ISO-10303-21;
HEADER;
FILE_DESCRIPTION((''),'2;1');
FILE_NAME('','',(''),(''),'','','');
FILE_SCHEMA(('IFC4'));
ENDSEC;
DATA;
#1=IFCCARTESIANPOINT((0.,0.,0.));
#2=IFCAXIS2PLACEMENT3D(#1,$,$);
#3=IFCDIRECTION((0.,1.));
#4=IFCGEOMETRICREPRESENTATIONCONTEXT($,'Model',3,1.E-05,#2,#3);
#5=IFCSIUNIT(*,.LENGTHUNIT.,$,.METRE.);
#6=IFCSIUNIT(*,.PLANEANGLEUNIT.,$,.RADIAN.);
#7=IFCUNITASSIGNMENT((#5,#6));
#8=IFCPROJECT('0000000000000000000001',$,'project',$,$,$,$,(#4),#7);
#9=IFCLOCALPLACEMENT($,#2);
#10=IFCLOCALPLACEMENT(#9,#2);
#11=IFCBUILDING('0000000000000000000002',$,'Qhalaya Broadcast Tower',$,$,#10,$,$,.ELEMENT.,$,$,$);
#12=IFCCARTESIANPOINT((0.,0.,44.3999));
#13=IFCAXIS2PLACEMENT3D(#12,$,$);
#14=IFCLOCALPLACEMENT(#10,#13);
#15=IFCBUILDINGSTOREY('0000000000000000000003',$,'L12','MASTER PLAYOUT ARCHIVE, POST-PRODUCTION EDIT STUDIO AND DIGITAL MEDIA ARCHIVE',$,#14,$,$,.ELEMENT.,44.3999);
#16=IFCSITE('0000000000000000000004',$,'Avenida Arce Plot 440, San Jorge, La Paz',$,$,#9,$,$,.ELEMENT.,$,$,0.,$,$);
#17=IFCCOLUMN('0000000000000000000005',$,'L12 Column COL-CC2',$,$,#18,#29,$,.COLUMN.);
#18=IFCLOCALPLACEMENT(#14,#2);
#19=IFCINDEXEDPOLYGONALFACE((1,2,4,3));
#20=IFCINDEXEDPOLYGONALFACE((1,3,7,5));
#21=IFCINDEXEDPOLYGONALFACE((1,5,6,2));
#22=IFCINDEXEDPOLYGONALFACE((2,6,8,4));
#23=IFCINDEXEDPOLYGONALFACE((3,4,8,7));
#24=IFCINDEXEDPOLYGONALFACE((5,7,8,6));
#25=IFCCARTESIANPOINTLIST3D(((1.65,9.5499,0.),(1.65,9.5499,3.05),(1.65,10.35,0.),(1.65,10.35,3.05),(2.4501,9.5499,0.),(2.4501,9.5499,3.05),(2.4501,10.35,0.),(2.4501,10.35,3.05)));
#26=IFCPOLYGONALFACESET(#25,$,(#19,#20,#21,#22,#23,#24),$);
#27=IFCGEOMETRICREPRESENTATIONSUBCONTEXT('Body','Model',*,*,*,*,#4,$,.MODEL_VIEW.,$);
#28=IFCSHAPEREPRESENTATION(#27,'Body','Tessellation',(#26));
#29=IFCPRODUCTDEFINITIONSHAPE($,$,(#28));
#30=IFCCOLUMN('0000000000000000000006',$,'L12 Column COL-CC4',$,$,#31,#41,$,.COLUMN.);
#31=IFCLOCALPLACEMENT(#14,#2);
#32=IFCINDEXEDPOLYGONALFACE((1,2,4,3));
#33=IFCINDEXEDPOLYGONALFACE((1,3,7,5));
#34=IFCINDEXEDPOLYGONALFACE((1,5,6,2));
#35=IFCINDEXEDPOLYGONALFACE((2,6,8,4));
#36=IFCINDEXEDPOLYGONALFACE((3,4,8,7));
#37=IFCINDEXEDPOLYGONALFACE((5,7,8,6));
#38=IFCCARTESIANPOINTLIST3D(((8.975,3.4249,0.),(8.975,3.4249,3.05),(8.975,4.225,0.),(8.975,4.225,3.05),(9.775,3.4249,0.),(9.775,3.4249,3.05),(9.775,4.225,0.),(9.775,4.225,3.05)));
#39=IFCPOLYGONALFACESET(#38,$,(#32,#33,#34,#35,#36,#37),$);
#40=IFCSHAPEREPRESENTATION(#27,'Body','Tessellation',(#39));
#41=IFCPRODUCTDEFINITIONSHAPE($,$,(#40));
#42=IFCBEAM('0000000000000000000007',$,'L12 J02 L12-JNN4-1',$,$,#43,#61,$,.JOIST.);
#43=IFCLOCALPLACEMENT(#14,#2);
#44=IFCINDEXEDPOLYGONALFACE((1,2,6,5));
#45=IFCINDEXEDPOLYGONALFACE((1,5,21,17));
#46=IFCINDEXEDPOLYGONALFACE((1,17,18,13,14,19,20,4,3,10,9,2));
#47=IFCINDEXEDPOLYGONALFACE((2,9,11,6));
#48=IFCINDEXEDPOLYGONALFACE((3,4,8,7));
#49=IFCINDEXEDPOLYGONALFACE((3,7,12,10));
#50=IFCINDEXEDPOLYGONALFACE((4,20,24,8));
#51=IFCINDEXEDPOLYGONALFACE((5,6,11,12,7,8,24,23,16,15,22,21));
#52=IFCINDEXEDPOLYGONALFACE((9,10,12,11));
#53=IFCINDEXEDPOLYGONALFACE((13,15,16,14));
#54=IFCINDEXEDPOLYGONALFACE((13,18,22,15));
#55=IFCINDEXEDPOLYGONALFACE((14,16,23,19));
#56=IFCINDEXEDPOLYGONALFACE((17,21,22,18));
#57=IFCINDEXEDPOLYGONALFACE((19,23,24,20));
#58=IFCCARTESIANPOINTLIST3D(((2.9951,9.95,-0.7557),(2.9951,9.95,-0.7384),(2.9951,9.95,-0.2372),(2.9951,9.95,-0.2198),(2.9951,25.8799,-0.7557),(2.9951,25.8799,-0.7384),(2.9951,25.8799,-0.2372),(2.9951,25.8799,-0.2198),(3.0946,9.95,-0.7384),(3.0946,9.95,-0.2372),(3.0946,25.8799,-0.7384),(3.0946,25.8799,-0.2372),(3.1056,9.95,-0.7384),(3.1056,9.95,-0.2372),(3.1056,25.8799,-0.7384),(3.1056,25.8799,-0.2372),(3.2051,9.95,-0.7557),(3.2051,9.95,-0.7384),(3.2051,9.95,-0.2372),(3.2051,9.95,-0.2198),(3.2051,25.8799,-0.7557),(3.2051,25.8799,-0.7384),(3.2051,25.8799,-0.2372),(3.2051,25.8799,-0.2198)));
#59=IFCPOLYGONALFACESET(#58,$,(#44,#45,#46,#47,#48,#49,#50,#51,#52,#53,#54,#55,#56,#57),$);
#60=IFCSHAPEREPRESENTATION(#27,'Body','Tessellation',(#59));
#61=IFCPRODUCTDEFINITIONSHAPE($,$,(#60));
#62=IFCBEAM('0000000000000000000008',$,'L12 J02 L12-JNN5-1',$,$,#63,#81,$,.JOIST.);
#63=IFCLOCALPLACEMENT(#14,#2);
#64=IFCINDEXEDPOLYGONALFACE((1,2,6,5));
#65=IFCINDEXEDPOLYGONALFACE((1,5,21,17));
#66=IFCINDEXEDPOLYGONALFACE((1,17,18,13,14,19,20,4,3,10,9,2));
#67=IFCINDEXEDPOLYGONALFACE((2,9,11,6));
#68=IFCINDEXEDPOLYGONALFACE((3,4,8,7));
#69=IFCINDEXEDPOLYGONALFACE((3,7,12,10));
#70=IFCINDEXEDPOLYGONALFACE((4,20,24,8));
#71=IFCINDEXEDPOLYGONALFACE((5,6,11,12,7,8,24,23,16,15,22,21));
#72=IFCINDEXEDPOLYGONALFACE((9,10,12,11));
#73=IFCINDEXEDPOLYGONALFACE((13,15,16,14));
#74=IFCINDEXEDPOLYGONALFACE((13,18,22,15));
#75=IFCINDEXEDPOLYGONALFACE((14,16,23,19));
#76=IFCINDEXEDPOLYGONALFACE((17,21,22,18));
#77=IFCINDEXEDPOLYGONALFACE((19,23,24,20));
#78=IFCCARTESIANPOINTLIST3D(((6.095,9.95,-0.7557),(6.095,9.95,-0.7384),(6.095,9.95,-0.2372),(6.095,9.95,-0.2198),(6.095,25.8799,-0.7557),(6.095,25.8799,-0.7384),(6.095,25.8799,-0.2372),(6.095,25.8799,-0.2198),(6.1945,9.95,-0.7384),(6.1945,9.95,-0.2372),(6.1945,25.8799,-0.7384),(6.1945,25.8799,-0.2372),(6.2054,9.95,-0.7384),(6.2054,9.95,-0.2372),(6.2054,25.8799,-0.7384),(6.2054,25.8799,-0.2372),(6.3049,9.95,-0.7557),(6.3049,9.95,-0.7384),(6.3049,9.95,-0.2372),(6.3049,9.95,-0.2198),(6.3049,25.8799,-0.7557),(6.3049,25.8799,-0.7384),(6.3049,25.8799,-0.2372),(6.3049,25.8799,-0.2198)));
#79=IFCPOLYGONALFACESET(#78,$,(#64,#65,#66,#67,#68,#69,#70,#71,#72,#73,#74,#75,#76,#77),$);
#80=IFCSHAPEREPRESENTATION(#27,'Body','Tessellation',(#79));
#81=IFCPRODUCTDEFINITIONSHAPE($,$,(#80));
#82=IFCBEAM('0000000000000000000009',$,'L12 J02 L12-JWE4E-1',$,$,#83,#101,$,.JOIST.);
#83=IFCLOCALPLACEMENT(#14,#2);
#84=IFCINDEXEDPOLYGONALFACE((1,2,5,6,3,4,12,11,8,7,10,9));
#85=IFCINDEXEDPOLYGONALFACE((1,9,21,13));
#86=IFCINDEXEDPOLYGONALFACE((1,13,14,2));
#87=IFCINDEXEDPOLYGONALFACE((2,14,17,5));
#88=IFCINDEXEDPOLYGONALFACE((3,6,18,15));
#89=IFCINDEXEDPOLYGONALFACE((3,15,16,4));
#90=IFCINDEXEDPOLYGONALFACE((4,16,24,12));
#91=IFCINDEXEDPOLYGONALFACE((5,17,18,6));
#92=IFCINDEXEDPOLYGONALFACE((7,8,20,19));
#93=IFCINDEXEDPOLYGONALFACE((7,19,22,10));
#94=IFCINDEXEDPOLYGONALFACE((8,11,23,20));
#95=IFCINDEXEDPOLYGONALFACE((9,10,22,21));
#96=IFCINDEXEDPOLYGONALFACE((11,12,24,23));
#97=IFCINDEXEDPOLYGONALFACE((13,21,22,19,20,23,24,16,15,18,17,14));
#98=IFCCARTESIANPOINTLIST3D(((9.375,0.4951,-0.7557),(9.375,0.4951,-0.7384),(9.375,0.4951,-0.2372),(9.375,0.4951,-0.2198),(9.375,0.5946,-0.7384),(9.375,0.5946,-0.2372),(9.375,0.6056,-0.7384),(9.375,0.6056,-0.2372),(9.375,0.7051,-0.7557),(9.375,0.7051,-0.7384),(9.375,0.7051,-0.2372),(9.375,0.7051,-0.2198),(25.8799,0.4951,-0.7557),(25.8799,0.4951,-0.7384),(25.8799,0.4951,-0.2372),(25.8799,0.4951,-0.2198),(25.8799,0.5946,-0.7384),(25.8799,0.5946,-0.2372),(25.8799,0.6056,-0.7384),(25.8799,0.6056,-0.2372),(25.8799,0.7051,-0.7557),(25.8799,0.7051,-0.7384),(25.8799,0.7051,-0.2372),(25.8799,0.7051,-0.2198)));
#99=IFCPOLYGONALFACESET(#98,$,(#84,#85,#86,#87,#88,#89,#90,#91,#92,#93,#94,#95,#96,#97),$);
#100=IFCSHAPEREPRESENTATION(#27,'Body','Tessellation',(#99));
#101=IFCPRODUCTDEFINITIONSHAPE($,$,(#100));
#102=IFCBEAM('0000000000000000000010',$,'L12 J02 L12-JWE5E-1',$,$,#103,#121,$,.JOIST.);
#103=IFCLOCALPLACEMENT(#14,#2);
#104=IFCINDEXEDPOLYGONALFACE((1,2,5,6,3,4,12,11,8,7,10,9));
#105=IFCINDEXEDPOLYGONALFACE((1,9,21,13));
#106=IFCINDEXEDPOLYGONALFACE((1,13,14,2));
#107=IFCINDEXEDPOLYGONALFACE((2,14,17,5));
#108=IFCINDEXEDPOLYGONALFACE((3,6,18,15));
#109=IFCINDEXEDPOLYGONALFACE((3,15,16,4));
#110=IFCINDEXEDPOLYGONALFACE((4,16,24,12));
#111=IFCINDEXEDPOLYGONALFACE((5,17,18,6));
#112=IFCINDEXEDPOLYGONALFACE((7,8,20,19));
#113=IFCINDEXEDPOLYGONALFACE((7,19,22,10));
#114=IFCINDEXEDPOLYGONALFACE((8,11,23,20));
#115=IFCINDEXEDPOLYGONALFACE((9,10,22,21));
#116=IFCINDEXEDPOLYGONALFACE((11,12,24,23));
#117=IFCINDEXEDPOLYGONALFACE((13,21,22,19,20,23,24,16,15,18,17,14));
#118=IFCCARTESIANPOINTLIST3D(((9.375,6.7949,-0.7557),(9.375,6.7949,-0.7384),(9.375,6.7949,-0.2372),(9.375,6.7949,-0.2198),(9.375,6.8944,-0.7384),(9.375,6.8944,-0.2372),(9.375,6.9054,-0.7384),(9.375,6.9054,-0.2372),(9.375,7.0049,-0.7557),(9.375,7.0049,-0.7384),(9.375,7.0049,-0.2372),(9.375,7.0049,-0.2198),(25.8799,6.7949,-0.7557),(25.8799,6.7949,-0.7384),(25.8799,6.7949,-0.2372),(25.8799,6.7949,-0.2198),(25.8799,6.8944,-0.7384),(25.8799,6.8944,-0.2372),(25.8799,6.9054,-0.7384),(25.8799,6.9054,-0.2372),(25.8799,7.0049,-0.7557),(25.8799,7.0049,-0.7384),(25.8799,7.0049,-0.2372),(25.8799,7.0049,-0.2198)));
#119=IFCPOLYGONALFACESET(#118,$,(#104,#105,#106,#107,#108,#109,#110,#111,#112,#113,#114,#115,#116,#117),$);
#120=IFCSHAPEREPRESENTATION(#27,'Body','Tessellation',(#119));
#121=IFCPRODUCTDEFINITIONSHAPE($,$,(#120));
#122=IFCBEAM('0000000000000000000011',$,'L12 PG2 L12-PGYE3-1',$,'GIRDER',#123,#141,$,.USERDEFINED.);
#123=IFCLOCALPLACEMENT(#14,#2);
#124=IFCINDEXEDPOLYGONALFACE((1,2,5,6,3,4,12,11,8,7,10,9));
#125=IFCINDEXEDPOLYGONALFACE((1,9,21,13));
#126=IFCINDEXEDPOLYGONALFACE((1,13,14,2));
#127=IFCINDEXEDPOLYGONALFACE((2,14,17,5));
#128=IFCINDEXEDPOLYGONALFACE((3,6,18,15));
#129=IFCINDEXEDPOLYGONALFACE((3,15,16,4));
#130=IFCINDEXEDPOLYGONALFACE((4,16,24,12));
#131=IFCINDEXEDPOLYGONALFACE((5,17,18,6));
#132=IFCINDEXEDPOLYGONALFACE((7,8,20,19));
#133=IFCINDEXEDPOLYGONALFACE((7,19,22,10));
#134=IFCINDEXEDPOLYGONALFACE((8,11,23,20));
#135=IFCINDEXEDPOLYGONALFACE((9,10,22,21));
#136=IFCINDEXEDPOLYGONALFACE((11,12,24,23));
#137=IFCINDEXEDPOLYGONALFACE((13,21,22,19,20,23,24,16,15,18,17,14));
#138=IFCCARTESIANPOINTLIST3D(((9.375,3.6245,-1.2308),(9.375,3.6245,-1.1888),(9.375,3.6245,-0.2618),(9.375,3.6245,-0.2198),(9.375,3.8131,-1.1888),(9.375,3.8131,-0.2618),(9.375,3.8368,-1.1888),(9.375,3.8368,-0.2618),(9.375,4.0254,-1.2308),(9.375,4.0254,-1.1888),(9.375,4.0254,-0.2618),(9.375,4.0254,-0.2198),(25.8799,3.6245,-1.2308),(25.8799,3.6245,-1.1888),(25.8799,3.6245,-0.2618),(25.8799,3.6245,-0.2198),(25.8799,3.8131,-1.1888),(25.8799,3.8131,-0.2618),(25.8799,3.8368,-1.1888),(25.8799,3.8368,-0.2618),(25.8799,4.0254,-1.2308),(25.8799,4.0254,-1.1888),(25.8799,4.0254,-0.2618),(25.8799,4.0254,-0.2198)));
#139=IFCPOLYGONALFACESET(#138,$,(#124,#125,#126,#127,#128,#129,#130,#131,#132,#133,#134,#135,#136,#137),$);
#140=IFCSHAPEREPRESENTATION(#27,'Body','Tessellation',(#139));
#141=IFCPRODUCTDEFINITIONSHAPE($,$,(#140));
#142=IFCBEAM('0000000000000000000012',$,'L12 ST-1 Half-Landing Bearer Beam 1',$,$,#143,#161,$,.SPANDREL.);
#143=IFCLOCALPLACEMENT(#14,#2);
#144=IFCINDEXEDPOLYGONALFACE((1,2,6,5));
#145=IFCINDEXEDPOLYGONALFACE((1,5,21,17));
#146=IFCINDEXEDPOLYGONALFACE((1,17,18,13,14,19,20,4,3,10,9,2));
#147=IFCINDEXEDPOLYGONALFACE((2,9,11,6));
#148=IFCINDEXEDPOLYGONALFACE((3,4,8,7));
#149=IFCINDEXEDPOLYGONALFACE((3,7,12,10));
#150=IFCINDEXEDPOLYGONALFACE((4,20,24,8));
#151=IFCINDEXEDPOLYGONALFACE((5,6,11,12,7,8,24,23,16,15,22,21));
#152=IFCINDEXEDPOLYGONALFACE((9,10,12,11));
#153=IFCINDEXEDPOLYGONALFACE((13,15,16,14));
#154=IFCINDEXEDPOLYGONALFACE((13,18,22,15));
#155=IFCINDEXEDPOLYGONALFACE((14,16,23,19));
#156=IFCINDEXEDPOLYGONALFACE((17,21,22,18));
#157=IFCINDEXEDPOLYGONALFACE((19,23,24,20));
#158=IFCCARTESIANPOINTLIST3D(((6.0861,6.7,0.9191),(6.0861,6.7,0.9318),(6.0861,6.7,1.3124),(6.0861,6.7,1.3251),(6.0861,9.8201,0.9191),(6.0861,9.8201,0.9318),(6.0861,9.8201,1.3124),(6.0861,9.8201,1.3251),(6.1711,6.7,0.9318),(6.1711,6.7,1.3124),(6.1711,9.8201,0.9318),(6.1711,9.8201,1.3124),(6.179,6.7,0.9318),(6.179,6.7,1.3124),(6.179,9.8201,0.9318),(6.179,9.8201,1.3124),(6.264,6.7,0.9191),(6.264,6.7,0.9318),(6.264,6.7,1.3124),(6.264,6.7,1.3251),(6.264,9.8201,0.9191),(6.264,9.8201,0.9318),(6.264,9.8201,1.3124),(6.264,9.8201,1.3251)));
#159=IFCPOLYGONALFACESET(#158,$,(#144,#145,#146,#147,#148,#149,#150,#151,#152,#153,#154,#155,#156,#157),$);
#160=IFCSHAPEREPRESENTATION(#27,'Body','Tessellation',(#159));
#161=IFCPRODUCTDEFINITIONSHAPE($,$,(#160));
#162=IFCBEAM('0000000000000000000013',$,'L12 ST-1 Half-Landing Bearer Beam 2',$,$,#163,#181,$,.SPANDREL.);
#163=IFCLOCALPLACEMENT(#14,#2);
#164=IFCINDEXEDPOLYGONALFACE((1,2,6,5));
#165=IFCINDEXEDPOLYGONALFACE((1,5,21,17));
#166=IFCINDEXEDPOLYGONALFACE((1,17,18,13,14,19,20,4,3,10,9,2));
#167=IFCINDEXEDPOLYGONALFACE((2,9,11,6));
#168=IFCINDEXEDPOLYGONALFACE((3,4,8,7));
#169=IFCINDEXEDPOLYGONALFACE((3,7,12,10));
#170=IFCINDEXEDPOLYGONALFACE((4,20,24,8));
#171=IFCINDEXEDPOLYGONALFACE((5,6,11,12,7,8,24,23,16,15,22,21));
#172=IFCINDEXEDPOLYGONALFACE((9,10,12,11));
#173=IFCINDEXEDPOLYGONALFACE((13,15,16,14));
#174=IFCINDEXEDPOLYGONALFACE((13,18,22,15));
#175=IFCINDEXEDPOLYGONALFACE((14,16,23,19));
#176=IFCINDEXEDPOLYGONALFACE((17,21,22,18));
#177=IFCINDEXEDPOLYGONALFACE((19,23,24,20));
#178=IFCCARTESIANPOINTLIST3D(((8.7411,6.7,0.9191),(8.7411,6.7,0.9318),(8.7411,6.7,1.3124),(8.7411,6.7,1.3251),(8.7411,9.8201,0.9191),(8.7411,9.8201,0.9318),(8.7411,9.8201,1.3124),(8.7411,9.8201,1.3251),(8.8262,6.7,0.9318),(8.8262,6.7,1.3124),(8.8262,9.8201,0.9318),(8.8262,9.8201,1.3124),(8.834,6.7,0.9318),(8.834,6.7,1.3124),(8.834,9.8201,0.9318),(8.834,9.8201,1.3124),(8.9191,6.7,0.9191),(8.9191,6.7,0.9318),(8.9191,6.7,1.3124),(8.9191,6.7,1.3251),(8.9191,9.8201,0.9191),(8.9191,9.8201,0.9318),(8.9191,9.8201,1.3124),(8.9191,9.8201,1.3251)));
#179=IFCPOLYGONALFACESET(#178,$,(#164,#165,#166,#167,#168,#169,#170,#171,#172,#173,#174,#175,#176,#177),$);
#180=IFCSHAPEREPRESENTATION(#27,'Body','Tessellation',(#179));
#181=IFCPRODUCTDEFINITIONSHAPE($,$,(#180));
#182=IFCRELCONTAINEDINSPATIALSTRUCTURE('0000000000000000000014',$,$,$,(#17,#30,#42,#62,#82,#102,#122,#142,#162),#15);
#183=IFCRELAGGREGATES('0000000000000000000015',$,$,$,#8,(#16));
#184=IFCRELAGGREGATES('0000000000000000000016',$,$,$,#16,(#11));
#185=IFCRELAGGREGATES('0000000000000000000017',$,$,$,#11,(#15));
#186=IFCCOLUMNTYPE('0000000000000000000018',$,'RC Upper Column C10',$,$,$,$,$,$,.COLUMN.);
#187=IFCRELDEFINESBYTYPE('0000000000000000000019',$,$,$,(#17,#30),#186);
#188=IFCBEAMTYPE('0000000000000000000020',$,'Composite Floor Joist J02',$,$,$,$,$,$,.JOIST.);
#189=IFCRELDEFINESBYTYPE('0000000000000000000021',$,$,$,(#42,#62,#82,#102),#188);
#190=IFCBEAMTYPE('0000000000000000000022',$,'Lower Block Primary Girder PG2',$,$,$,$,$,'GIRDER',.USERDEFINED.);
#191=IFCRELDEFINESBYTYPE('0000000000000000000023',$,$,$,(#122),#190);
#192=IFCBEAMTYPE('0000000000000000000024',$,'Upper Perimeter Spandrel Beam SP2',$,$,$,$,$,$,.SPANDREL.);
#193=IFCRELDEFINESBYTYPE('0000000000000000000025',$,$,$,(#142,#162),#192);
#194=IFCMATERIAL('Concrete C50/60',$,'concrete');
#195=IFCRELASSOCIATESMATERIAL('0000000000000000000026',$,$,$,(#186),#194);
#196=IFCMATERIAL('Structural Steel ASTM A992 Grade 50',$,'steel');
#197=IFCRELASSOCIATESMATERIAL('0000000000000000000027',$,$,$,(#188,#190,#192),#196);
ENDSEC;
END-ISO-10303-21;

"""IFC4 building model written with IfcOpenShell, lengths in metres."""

from ifc_helpers import new_model, si_unit, direction, frame, origin, origin_2d, place, context, subcontext, project, spatial, rectangle, i_section, extrude, material, material_profile, profile_set, type_object, element, save


model = new_model("IFC4")

# Units and contexts
model_context = context("Model", 3, precision=1e-05, world=origin(), true_north=direction((0.0, 1.0)))
body_context = subcontext(model_context, "Body", "Model", "MODEL_VIEW")
ifc_project = project(units=[si_unit("LENGTHUNIT", "METRE"), si_unit("PLANEANGLEUNIT", "RADIAN")], contexts=[model_context])

# Site, building, storey
site_placement = place(None, origin())
site = spatial("IfcSite", under=ifc_project, at=site_placement, Name="Avenida Arce Plot 440, San Jorge, La Paz", CompositionType="ELEMENT", RefElevation=0.0)
building_placement = place(site_placement, origin())
building = spatial("IfcBuilding", under=site, at=building_placement, Name="Qhalaya Broadcast Tower", CompositionType="ELEMENT")
storey_placement = place(building_placement, frame((0.0, 0.0, 44.3999)))
storey = spatial("IfcBuildingStorey", under=building, at=storey_placement, Name="L12", Description="MASTER PLAYOUT ARCHIVE, POST-PRODUCTION EDIT STUDIO AND DIGITAL MEDIA ARCHIVE", CompositionType="ELEMENT", Elevation=44.3999)

# Columns
ifc_material_1 = material(Name="Concrete C50/60", Category="concrete")
ifc_material_profile_1 = material_profile(ifc_material_1, rectangle(XDim=0.8, YDim=0.8, at=origin_2d()), Name="RC-COL 800x800")
ifc_profile_set_1 = profile_set([ifc_material_profile_1], Name="Concrete C50/60")
column_type = type_object("IfcColumnType", Name="RC Upper Column C10", PredefinedType="COLUMN", material=ifc_profile_set_1)
for number, where, z_axis, x_axis, name in (
    (1, (2.05, 9.95, 0.0), (0.0, 0.0, 1.0), (1.0, 0.0, 0.0), "L12 Column COL-CC2"),
    (2, (9.375, 3.825, 0.0), (0.0, 0.0, 1.0), (1.0, 0.0, 0.0), "L12 Column COL-CC4"),
):
    element("IfcColumn", number, at=place(storey_placement, frame(where, z_axis=z_axis, x_axis=x_axis)), inside=storey, type_object=column_type, Name=name, PredefinedType="COLUMN", context=body_context, shape_type="SweptSolid", body=[
        extrude(rectangle(XDim=0.8, YDim=0.8, at=origin_2d()), origin(), (0.0, 0.0, 1.0), 3.05),
    ])

# Beams
ifc_material_2 = material(Name="Structural Steel ASTM A992 Grade 50", Category="steel")
ifc_material_profile_2 = material_profile(ifc_material_2, i_section(OverallWidth=0.21, OverallDepth=0.5359, WebThickness=0.011, FlangeThickness=0.0173, at=origin_2d()), Name="W21X68")
ifc_profile_set_2 = profile_set([ifc_material_profile_2], Name="Structural Steel ASTM A992 Grade 50")
beam_type_1 = type_object("IfcBeamType", Name="Composite Floor Joist J02", PredefinedType="JOIST", material=ifc_profile_set_2)
for number, where, z_axis, x_axis, name in (
    (3, (3.1001, 9.95, -0.4878), (0.0, 1.0, 0.0), (-1.0, 0.0, 0.0), "L12 J02 L12-JNN4-1"),
    (4, (6.2, 9.95, -0.4878), (0.0, 1.0, 0.0), (-1.0, 0.0, 0.0), "L12 J02 L12-JNN5-1"),
):
    element("IfcBeam", number, at=place(storey_placement, frame(where, z_axis=z_axis, x_axis=x_axis)), inside=storey, type_object=beam_type_1, Name=name, PredefinedType="JOIST", context=body_context, shape_type="SweptSolid", body=[
        extrude(i_section(OverallWidth=0.21, OverallDepth=0.5359, WebThickness=0.011, FlangeThickness=0.0173, at=origin_2d()), origin(), (0.0, 0.0, 1.0), 15.9299),
    ])
for number, where, z_axis, x_axis, name in (
    (5, (9.375, 0.6001, -0.4878), (1.0, 0.0, 0.0), (0.0, 1.0, 0.0), "L12 J02 L12-JWE4E-1"),
    (6, (9.375, 6.8999, -0.4878), (1.0, 0.0, 0.0), (0.0, 1.0, 0.0), "L12 J02 L12-JWE5E-1"),
):
    element("IfcBeam", number, at=place(storey_placement, frame(where, z_axis=z_axis, x_axis=x_axis)), inside=storey, type_object=beam_type_1, Name=name, PredefinedType="JOIST", context=body_context, shape_type="SweptSolid", body=[
        extrude(i_section(OverallWidth=0.21, OverallDepth=0.5359, WebThickness=0.011, FlangeThickness=0.0173, at=origin_2d()), origin(), (0.0, 0.0, 1.0), 16.5049),
    ])
ifc_material_profile_3 = material_profile(ifc_material_2, i_section(OverallWidth=0.4009, OverallDepth=1.011, WebThickness=0.0237, FlangeThickness=0.042, at=origin_2d()), Name="W40X297")
ifc_profile_set_3 = profile_set([ifc_material_profile_3], Name="Structural Steel ASTM A992 Grade 50")
beam_type_2 = type_object("IfcBeamType", Name="Lower Block Primary Girder PG2", ElementType="GIRDER", PredefinedType="USERDEFINED", material=ifc_profile_set_3)
beam_placement = place(storey_placement, frame((9.375, 3.825, -0.7253), z_axis=(1.0, 0.0, 0.0), x_axis=(0.0, 1.0, 0.0)))
element("IfcBeam", 7, at=beam_placement, inside=storey, type_object=beam_type_2, Name="L12 PG2 L12-PGYE3-1", ObjectType="GIRDER", PredefinedType="USERDEFINED", context=body_context, shape_type="SweptSolid", body=[
    extrude(i_section(OverallWidth=0.4009, OverallDepth=1.011, WebThickness=0.0237, FlangeThickness=0.042, at=origin_2d()), origin(), (0.0, 0.0, 1.0), 16.5049),
])
ifc_material_profile_4 = material_profile(ifc_material_2, i_section(OverallWidth=0.178, OverallDepth=0.406, WebThickness=0.0078, FlangeThickness=0.0127, at=origin_2d()), Name="W16X40")
ifc_profile_set_4 = profile_set([ifc_material_profile_4], Name="Structural Steel ASTM A992 Grade 50")
beam_type_3 = type_object("IfcBeamType", Name="Upper Perimeter Spandrel Beam SP2", PredefinedType="SPANDREL", material=ifc_profile_set_4)
for number, where, z_axis, x_axis, name in (
    (8, (6.175, 6.7, 1.1221), (0.0, 1.0, 0.0), (-1.0, 0.0, 0.0), "L12 ST-1 Half-Landing Bearer Beam 1"),
    (9, (8.8301, 6.7, 1.1221), (0.0, 1.0, 0.0), (-1.0, 0.0, 0.0), "L12 ST-1 Half-Landing Bearer Beam 2"),
):
    element("IfcBeam", number, at=place(storey_placement, frame(where, z_axis=z_axis, x_axis=x_axis)), inside=storey, type_object=beam_type_3, Name=name, PredefinedType="SPANDREL", context=body_context, shape_type="SweptSolid", body=[
        extrude(i_section(OverallWidth=0.178, OverallDepth=0.406, WebThickness=0.0078, FlangeThickness=0.0127, at=origin_2d()), origin(), (0.0, 0.0, 1.0), 3.1201),
    ])

save(model, "model.ifc")
